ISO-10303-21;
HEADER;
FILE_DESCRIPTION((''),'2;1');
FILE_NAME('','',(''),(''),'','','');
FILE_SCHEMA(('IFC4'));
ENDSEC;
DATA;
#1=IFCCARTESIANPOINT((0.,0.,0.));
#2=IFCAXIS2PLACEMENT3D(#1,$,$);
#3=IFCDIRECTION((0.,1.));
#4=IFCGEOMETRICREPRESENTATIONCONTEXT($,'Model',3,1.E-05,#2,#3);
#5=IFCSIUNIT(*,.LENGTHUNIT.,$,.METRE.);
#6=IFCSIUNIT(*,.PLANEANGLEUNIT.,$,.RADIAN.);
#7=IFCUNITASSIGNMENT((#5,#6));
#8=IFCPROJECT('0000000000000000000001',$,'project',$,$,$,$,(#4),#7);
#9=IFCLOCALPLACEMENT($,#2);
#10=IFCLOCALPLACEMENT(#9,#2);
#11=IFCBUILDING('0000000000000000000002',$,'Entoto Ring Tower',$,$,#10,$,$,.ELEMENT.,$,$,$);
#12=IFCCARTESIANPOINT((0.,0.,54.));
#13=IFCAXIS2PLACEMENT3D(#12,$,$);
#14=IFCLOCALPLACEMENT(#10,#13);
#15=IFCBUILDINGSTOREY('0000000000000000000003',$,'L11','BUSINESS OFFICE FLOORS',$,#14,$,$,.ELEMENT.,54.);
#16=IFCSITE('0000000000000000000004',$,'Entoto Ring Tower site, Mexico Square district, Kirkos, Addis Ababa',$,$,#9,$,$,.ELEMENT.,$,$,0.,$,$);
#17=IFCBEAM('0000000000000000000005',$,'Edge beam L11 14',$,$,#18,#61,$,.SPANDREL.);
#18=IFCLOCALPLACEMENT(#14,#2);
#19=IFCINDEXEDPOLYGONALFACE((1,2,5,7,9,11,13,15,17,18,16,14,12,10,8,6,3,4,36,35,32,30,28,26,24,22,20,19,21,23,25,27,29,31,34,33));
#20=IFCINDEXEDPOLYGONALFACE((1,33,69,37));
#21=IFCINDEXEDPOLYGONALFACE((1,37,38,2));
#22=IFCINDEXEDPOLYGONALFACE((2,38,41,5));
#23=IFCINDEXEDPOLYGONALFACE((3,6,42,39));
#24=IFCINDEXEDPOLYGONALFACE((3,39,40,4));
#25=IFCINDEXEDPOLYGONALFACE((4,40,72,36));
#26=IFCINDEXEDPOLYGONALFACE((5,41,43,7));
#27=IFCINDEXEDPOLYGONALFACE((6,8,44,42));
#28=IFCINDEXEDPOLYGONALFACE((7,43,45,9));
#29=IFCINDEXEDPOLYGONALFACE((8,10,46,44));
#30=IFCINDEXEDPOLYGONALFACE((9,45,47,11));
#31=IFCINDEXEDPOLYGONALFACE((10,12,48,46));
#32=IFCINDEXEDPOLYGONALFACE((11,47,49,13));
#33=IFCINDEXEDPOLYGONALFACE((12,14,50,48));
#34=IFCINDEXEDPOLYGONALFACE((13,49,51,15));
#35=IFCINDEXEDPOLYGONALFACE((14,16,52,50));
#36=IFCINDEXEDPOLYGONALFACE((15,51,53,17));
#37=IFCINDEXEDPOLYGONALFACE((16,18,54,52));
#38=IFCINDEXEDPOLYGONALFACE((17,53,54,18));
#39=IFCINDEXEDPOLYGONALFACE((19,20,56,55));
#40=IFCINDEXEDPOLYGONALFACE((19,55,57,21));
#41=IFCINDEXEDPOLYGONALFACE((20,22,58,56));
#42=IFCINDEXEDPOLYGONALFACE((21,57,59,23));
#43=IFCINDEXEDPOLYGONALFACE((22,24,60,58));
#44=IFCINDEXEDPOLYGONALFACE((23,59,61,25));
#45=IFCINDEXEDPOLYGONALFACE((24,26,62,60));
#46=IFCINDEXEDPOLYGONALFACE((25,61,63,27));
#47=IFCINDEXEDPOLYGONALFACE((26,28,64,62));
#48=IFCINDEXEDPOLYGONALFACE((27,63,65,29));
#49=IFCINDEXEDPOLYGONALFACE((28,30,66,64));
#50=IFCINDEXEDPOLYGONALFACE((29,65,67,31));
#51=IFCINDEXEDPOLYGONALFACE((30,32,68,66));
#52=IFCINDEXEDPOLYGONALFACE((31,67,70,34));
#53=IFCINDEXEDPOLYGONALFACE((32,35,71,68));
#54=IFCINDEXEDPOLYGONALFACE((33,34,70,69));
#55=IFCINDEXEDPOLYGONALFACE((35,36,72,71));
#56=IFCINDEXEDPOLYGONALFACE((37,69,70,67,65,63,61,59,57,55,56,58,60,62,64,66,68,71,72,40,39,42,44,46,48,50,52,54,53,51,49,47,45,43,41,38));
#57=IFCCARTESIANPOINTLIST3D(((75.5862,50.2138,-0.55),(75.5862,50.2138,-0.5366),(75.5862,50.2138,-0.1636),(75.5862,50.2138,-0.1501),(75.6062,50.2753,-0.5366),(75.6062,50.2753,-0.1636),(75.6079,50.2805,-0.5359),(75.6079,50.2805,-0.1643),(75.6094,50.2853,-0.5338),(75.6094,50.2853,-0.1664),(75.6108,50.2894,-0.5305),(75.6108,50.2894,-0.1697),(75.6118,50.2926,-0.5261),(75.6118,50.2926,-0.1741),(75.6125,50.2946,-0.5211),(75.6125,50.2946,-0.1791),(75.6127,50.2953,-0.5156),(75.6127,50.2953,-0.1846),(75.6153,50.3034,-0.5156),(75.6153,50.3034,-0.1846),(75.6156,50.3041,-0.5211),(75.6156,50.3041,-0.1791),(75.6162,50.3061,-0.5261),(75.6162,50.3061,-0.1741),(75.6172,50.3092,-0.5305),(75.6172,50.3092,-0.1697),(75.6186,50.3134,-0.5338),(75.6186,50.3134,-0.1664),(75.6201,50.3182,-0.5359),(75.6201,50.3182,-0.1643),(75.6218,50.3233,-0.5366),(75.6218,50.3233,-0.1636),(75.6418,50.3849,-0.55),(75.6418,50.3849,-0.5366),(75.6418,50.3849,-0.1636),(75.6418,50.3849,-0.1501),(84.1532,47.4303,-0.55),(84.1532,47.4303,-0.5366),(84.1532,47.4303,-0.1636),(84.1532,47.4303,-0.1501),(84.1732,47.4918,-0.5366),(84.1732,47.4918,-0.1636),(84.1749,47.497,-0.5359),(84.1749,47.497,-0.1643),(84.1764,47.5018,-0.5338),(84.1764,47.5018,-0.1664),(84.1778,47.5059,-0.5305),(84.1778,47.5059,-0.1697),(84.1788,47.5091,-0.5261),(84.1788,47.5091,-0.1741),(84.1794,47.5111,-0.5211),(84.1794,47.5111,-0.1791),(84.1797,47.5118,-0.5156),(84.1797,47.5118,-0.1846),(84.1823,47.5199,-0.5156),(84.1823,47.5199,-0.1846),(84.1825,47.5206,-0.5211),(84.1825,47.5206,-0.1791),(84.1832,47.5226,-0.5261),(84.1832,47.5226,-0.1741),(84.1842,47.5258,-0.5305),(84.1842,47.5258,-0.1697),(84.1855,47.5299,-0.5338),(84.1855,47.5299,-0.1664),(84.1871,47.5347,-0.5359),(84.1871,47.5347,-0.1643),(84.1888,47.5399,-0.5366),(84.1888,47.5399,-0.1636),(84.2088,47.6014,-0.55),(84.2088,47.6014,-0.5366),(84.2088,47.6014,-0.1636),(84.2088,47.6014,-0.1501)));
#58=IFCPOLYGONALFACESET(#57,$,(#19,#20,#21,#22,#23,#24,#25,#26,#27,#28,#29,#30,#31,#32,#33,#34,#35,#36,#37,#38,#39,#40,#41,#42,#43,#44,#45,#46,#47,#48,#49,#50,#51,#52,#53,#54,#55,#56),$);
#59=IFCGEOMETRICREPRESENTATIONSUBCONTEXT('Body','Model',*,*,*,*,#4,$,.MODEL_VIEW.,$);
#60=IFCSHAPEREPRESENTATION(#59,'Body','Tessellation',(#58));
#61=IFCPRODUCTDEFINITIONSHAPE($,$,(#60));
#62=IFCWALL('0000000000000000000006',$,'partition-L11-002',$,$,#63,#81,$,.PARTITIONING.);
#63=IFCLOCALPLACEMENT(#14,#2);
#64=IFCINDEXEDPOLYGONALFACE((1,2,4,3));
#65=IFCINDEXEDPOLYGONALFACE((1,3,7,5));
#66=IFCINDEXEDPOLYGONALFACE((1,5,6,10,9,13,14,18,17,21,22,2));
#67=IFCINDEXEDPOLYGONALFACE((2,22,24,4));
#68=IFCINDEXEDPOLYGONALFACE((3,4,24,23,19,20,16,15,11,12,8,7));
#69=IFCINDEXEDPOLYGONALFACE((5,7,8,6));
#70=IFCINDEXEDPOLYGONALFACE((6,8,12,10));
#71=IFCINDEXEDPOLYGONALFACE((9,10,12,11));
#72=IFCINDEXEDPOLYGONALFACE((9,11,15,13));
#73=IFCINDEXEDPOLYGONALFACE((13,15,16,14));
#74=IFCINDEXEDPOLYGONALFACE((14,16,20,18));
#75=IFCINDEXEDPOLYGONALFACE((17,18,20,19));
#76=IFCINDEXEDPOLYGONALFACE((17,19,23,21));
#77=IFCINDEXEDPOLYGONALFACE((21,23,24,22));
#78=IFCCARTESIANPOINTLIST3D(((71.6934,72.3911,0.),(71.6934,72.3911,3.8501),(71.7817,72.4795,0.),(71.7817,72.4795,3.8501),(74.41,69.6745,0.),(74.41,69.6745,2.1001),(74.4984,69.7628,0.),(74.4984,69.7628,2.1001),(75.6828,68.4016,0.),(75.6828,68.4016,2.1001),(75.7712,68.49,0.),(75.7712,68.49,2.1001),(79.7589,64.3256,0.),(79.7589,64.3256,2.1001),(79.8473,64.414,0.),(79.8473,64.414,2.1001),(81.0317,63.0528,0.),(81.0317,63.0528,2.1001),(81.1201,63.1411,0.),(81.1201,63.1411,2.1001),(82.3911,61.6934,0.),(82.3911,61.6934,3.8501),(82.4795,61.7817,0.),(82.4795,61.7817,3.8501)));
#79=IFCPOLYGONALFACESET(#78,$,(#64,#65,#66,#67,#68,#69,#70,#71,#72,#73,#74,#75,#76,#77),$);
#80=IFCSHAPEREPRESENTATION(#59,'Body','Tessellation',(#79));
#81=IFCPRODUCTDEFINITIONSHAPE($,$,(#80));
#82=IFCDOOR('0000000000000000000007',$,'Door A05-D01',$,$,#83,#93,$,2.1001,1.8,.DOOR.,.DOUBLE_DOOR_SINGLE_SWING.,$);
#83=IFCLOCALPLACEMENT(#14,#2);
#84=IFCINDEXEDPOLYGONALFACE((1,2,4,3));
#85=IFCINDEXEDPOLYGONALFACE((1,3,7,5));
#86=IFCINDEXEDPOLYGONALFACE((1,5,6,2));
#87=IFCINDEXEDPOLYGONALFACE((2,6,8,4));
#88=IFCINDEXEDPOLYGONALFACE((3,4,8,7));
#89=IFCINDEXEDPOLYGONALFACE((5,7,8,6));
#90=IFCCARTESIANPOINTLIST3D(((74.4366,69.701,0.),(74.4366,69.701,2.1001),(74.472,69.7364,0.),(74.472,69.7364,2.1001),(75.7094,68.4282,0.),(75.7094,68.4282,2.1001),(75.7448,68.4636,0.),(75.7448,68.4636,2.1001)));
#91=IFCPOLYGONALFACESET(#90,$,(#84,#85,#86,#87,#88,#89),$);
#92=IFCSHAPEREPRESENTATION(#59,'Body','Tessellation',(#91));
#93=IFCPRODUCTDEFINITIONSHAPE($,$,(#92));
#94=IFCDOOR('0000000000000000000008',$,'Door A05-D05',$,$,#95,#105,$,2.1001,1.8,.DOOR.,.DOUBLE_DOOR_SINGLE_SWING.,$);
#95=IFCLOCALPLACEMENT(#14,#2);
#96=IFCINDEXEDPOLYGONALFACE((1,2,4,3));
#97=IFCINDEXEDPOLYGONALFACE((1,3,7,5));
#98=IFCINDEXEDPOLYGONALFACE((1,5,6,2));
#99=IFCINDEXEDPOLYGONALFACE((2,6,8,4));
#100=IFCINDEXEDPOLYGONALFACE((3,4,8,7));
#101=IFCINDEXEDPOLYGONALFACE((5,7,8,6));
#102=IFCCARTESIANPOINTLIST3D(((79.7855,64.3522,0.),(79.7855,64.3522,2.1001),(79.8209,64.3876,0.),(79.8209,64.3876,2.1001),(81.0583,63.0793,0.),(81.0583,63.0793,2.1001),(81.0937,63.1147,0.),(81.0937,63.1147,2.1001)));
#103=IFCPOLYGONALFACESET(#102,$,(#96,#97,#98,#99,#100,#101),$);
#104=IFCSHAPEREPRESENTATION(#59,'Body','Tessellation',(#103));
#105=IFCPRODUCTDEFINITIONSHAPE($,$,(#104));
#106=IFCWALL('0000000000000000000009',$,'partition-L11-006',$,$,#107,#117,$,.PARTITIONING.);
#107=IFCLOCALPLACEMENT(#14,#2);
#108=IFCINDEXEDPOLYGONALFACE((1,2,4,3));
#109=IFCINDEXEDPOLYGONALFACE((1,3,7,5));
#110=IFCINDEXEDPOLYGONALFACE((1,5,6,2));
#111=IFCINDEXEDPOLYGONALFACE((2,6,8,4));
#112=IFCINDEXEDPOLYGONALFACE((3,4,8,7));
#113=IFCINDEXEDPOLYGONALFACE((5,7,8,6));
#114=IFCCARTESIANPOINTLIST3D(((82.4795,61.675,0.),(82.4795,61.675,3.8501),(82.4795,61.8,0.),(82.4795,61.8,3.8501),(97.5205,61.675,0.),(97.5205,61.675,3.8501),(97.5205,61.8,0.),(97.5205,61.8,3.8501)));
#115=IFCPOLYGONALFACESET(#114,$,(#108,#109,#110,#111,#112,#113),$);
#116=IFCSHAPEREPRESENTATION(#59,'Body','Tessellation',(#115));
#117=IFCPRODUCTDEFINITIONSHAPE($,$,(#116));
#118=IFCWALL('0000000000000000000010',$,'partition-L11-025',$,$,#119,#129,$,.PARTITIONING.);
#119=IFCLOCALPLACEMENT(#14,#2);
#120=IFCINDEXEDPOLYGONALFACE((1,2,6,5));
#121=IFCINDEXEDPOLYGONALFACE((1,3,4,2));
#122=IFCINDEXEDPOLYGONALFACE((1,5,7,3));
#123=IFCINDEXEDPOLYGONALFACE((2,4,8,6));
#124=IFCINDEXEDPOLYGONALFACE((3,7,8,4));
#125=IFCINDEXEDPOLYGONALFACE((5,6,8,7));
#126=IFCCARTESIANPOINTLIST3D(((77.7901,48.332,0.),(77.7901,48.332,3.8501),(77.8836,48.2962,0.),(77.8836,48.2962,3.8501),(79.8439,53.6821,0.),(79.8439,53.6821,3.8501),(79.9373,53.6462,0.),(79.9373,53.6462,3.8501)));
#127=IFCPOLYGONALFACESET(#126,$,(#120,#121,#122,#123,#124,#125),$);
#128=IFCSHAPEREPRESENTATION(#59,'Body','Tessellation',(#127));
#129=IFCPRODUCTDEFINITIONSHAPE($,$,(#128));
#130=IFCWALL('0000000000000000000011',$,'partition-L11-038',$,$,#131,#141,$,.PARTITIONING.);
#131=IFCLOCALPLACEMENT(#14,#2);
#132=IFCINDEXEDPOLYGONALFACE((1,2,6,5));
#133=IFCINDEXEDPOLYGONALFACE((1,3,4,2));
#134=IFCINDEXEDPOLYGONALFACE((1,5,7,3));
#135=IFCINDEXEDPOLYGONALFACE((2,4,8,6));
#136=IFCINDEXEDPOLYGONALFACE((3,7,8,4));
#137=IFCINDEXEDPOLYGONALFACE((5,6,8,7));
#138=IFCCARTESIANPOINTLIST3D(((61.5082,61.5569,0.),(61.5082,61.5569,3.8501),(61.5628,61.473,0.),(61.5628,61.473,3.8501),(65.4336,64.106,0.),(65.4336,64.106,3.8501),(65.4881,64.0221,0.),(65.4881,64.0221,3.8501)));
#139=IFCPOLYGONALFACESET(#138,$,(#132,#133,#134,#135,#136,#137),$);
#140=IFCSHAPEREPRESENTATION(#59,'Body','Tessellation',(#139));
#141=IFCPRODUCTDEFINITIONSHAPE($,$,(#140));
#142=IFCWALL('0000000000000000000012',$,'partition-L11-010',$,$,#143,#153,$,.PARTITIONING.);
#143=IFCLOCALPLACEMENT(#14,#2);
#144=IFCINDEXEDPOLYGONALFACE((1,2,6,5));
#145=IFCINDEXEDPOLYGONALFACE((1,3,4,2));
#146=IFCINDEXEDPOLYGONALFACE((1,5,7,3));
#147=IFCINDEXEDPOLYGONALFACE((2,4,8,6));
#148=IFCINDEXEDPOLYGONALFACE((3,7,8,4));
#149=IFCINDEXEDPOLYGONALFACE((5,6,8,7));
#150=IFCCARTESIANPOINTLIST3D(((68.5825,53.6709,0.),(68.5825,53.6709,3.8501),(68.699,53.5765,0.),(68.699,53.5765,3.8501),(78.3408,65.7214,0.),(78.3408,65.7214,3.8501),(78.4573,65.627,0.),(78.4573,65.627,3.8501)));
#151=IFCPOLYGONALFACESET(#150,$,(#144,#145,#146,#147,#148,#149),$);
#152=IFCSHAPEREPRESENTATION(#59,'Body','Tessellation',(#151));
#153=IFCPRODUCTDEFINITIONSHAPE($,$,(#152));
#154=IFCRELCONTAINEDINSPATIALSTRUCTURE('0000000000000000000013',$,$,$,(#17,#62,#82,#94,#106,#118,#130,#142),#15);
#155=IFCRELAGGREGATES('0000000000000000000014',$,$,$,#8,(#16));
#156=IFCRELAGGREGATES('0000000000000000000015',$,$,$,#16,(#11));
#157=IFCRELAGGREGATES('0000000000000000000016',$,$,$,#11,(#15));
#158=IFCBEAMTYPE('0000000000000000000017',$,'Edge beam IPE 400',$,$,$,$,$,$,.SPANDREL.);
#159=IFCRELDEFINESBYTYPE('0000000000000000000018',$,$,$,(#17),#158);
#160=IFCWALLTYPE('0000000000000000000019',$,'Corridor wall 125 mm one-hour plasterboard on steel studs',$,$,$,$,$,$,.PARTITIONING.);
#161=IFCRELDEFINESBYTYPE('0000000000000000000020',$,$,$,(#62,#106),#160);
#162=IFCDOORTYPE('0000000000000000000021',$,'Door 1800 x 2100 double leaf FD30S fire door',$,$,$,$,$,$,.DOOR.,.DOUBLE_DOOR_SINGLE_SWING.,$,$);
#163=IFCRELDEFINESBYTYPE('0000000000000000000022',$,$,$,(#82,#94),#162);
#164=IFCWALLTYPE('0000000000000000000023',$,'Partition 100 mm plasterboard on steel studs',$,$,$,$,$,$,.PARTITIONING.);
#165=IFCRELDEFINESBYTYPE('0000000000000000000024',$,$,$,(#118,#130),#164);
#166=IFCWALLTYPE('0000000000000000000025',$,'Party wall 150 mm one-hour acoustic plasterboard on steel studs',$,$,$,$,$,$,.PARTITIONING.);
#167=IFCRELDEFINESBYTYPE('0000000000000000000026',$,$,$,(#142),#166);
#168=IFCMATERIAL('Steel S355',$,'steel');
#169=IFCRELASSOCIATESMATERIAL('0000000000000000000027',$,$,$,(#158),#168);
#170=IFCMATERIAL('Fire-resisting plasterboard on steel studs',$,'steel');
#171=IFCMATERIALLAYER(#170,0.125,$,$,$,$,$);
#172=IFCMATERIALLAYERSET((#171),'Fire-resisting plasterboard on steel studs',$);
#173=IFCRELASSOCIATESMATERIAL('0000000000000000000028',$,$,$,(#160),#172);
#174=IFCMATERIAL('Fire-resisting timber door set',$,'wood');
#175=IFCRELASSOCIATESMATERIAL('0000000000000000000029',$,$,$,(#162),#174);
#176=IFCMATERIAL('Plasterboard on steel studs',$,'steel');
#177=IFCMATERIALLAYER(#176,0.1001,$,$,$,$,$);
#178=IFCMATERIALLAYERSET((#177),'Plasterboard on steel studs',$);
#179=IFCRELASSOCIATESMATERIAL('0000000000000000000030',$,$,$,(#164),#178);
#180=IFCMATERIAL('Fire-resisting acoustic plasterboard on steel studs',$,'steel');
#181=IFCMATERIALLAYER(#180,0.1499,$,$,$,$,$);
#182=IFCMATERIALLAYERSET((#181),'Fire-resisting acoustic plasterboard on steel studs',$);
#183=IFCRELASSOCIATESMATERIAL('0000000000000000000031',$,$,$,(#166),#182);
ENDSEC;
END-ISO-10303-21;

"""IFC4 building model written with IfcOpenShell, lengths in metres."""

from ifc_helpers import new_model, si_unit, direction, frame, frame_2d, origin, origin_2d, place, context, subcontext, project, spatial, rectangle, i_section, extrude, material, layer, layer_set, material_profile, profile_set, type_object, element, fill, save


model = new_model("IFC4")

# Units and contexts
model_context = context("Model", 3, precision=1e-05, world=origin(), true_north=direction((0.0, 1.0)))
body_context = subcontext(model_context, "Body", "Model", "MODEL_VIEW")
ifc_project = project(units=[si_unit("LENGTHUNIT", "METRE"), si_unit("PLANEANGLEUNIT", "RADIAN")], contexts=[model_context])

# Site, building, storey
site_placement = place(None, origin())
site = spatial("IfcSite", under=ifc_project, at=site_placement, Name="Entoto Ring Tower site, Mexico Square district, Kirkos, Addis Ababa", CompositionType="ELEMENT", RefElevation=0.0)
building_placement = place(site_placement, origin())
building = spatial("IfcBuilding", under=site, at=building_placement, Name="Entoto Ring Tower", CompositionType="ELEMENT")
storey_placement = place(building_placement, frame((0.0, 0.0, 54.0)))
storey = spatial("IfcBuildingStorey", under=building, at=storey_placement, Name="L11", Description="BUSINESS OFFICE FLOORS", CompositionType="ELEMENT", Elevation=54.0)

# Beam
ifc_material_1 = material(Name="Steel S355", Category="steel")
ifc_material_profile_1 = material_profile(ifc_material_1, i_section(OverallWidth=0.1799, OverallDepth=0.3999, WebThickness=0.0085, FlangeThickness=0.0134, FilletRadius=0.021, at=origin_2d()), Name="IPE 400")
ifc_profile_set_1 = profile_set([ifc_material_profile_1], Name="Steel S355")
beam_type = type_object("IfcBeamType", Name="Edge beam IPE 400", PredefinedType="SPANDREL", material=ifc_profile_set_1)
for number, where, z_axis, x_axis, name in (
    (1, (75.614, 50.2993, -0.3501), (0.95106, -0.309006, 0.0), (0.309006, 0.95106, 0.0), "Edge beam L11 14"),
):
    element("IfcBeam", number, at=place(storey_placement, frame(where, z_axis=z_axis, x_axis=x_axis)), inside=storey, type_object=beam_type, Name=name, PredefinedType="SPANDREL", context=body_context, shape_type="SweptSolid", body=[
        extrude(i_section(OverallWidth=0.1799, OverallDepth=0.3999, WebThickness=0.0085, FlangeThickness=0.0134, FilletRadius=0.021, at=origin_2d()), origin(), (0.0, 0.0, 1.0), 9.0078),
    ])

# Wall, openings, doors
ifc_material_2 = material(Name="Fire-resisting plasterboard on steel studs", Category="steel")
ifc_layer_1 = layer(ifc_material_2, 0.125)
ifc_layer_set_1 = layer_set([ifc_layer_1], Name="Fire-resisting plasterboard on steel studs")
wall_type_1 = type_object("IfcWallType", Name="Corridor wall 125 mm one-hour plasterboard on steel studs", PredefinedType="PARTITIONING", material=ifc_layer_set_1)
wall_1_placement = place(storey_placement, frame((82.4353, 61.7375, 0.0), z_axis=(0.0, 0.0, 1.0), x_axis=(-0.707107, 0.707107, 0.0)))
wall_1 = element("IfcWall", 2, at=wall_1_placement, inside=storey, type_object=wall_type_1, Name="partition-L11-002", PredefinedType="PARTITIONING", context=body_context, shape_type="SweptSolid", body=[
    extrude(rectangle(XDim=15.1289, YDim=0.125, at=frame_2d((7.5645, 0.0))), origin(), (0.0, 0.0, 1.0), 3.8501),
])
opening_1_placement = place(wall_1_placement, frame((9.4871, 0.0, 0.0)))
opening_1 = element("IfcOpeningElement", 3, at=opening_1_placement, cuts=wall_1, PredefinedType="OPENING", context=body_context, shape_type="SweptSolid", body=[
    extrude(rectangle(XDim=1.8, YDim=2.1001, at=frame_2d((0.8999, 1.05))), frame((0.0, 0.0725, 0.0), z_axis=(0.0, -1.0, 0.0), x_axis=(1.0, 0.0, 0.0)), (0.0, 0.0, 1.0), 0.145),
])
opening_2_placement = place(wall_1_placement, frame((1.9226, 0.0, 0.0)))
opening_2 = element("IfcOpeningElement", 4, at=opening_2_placement, cuts=wall_1, PredefinedType="OPENING", context=body_context, shape_type="SweptSolid", body=[
    extrude(rectangle(XDim=1.8, YDim=2.1001, at=frame_2d((0.8999, 1.05))), frame((0.0, 0.0725, 0.0), z_axis=(0.0, -1.0, 0.0), x_axis=(1.0, 0.0, 0.0)), (0.0, 0.0, 1.0), 0.145),
])
ifc_material_3 = material(Name="Fire-resisting timber door set", Category="wood")
door_type = type_object("IfcDoorType", Name="Door 1800 x 2100 double leaf FD30S fire door", OperationType="DOUBLE_DOOR_SINGLE_SWING", PredefinedType="DOOR", material=ifc_material_3)
door_1_placement = place(opening_1_placement, origin())
door_1 = element("IfcDoor", 5, at=door_1_placement, inside=storey, type_object=door_type, Name="Door A05-D01", OperationType="DOUBLE_DOOR_SINGLE_SWING", OverallHeight=2.1001, OverallWidth=1.8, PredefinedType="DOOR", context=body_context, shape_type="SweptSolid", body=[
    extrude(rectangle(XDim=1.8, YDim=2.1001, at=frame_2d((0.8999, 1.05))), frame((0.0, 0.0249, 0.0), z_axis=(0.0, -1.0, 0.0), x_axis=(1.0, 0.0, 0.0)), (0.0, 0.0, 1.0), 0.05),
])
fill(opening_1, door_1)
door_2_placement = place(opening_2_placement, origin())
door_2 = element("IfcDoor", 6, at=door_2_placement, inside=storey, type_object=door_type, Name="Door A05-D05", OperationType="DOUBLE_DOOR_SINGLE_SWING", OverallHeight=2.1001, OverallWidth=1.8, PredefinedType="DOOR", context=body_context, shape_type="SweptSolid", body=[
    extrude(rectangle(XDim=1.8, YDim=2.1001, at=frame_2d((0.8999, 1.05))), frame((0.0, 0.0249, 0.0), z_axis=(0.0, -1.0, 0.0), x_axis=(1.0, 0.0, 0.0)), (0.0, 0.0, 1.0), 0.05),
])
fill(opening_2, door_2)

# Walls
wall_2_placement = place(storey_placement, frame((82.4795, 61.7375, 0.0), z_axis=(0.0, 0.0, 1.0), x_axis=(1.0, 0.0, 0.0)))
element("IfcWall", 7, at=wall_2_placement, inside=storey, type_object=wall_type_1, Name="partition-L11-006", PredefinedType="PARTITIONING", context=body_context, shape_type="SweptSolid", body=[
    extrude(rectangle(XDim=15.041, YDim=0.125, at=frame_2d((7.5205, 0.0))), origin(), (0.0, 0.0, 1.0), 3.8501),
])
ifc_material_4 = material(Name="Plasterboard on steel studs", Category="steel")
ifc_layer_2 = layer(ifc_material_4, 0.1001)
ifc_layer_set_2 = layer_set([ifc_layer_2], Name="Plasterboard on steel studs")
wall_type_2 = type_object("IfcWallType", Name="Partition 100 mm plasterboard on steel studs", PredefinedType="PARTITIONING", material=ifc_layer_set_2)
wall_3_placement = place(storey_placement, frame((77.8369, 48.3142, 0.0), z_axis=(0.0, 0.0, 1.0), x_axis=(0.358368, 0.93358, 0.0)))
element("IfcWall", 8, at=wall_3_placement, inside=storey, type_object=wall_type_2, Name="partition-L11-025", PredefinedType="PARTITIONING", context=body_context, shape_type="SweptSolid", body=[
    extrude(rectangle(XDim=5.7307, YDim=0.1001, at=frame_2d((2.8652, 0.0))), origin(), (0.0, 0.0, 1.0), 3.8501),
])
wall_4_placement = place(storey_placement, frame((61.5354, 61.5149, 0.0), z_axis=(0.0, 0.0, 1.0), x_axis=(0.838675, 0.544633, 0.0)))
element("IfcWall", 9, at=wall_4_placement, inside=storey, type_object=wall_type_2, Name="partition-L11-038", PredefinedType="PARTITIONING", context=body_context, shape_type="SweptSolid", body=[
    extrude(rectangle(XDim=4.6804, YDim=0.1001, at=frame_2d((2.3403, 0.0))), origin(), (0.0, 0.0, 1.0), 3.8501),
])
ifc_material_5 = material(Name="Fire-resisting acoustic plasterboard on steel studs", Category="steel")
ifc_layer_3 = layer(ifc_material_5, 0.1499)
ifc_layer_set_3 = layer_set([ifc_layer_3], Name="Fire-resisting acoustic plasterboard on steel studs")
wall_type_3 = type_object("IfcWallType", Name="Party wall 150 mm one-hour acoustic plasterboard on steel studs", PredefinedType="PARTITIONING", material=ifc_layer_set_3)
wall_5_placement = place(storey_placement, frame((68.6409, 53.6238, 0.0), z_axis=(0.0, 0.0, 1.0), x_axis=(0.629319, 0.777147, 0.0)))
element("IfcWall", 10, at=wall_5_placement, inside=storey, type_object=wall_type_3, Name="partition-L11-010", PredefinedType="PARTITIONING", context=body_context, shape_type="SweptSolid", body=[
    extrude(rectangle(XDim=15.5061, YDim=0.1499, at=frame_2d((7.7529, 0.0))), origin(), (0.0, 0.0, 1.0), 3.8501),
])

save(model, "model.ifc")
